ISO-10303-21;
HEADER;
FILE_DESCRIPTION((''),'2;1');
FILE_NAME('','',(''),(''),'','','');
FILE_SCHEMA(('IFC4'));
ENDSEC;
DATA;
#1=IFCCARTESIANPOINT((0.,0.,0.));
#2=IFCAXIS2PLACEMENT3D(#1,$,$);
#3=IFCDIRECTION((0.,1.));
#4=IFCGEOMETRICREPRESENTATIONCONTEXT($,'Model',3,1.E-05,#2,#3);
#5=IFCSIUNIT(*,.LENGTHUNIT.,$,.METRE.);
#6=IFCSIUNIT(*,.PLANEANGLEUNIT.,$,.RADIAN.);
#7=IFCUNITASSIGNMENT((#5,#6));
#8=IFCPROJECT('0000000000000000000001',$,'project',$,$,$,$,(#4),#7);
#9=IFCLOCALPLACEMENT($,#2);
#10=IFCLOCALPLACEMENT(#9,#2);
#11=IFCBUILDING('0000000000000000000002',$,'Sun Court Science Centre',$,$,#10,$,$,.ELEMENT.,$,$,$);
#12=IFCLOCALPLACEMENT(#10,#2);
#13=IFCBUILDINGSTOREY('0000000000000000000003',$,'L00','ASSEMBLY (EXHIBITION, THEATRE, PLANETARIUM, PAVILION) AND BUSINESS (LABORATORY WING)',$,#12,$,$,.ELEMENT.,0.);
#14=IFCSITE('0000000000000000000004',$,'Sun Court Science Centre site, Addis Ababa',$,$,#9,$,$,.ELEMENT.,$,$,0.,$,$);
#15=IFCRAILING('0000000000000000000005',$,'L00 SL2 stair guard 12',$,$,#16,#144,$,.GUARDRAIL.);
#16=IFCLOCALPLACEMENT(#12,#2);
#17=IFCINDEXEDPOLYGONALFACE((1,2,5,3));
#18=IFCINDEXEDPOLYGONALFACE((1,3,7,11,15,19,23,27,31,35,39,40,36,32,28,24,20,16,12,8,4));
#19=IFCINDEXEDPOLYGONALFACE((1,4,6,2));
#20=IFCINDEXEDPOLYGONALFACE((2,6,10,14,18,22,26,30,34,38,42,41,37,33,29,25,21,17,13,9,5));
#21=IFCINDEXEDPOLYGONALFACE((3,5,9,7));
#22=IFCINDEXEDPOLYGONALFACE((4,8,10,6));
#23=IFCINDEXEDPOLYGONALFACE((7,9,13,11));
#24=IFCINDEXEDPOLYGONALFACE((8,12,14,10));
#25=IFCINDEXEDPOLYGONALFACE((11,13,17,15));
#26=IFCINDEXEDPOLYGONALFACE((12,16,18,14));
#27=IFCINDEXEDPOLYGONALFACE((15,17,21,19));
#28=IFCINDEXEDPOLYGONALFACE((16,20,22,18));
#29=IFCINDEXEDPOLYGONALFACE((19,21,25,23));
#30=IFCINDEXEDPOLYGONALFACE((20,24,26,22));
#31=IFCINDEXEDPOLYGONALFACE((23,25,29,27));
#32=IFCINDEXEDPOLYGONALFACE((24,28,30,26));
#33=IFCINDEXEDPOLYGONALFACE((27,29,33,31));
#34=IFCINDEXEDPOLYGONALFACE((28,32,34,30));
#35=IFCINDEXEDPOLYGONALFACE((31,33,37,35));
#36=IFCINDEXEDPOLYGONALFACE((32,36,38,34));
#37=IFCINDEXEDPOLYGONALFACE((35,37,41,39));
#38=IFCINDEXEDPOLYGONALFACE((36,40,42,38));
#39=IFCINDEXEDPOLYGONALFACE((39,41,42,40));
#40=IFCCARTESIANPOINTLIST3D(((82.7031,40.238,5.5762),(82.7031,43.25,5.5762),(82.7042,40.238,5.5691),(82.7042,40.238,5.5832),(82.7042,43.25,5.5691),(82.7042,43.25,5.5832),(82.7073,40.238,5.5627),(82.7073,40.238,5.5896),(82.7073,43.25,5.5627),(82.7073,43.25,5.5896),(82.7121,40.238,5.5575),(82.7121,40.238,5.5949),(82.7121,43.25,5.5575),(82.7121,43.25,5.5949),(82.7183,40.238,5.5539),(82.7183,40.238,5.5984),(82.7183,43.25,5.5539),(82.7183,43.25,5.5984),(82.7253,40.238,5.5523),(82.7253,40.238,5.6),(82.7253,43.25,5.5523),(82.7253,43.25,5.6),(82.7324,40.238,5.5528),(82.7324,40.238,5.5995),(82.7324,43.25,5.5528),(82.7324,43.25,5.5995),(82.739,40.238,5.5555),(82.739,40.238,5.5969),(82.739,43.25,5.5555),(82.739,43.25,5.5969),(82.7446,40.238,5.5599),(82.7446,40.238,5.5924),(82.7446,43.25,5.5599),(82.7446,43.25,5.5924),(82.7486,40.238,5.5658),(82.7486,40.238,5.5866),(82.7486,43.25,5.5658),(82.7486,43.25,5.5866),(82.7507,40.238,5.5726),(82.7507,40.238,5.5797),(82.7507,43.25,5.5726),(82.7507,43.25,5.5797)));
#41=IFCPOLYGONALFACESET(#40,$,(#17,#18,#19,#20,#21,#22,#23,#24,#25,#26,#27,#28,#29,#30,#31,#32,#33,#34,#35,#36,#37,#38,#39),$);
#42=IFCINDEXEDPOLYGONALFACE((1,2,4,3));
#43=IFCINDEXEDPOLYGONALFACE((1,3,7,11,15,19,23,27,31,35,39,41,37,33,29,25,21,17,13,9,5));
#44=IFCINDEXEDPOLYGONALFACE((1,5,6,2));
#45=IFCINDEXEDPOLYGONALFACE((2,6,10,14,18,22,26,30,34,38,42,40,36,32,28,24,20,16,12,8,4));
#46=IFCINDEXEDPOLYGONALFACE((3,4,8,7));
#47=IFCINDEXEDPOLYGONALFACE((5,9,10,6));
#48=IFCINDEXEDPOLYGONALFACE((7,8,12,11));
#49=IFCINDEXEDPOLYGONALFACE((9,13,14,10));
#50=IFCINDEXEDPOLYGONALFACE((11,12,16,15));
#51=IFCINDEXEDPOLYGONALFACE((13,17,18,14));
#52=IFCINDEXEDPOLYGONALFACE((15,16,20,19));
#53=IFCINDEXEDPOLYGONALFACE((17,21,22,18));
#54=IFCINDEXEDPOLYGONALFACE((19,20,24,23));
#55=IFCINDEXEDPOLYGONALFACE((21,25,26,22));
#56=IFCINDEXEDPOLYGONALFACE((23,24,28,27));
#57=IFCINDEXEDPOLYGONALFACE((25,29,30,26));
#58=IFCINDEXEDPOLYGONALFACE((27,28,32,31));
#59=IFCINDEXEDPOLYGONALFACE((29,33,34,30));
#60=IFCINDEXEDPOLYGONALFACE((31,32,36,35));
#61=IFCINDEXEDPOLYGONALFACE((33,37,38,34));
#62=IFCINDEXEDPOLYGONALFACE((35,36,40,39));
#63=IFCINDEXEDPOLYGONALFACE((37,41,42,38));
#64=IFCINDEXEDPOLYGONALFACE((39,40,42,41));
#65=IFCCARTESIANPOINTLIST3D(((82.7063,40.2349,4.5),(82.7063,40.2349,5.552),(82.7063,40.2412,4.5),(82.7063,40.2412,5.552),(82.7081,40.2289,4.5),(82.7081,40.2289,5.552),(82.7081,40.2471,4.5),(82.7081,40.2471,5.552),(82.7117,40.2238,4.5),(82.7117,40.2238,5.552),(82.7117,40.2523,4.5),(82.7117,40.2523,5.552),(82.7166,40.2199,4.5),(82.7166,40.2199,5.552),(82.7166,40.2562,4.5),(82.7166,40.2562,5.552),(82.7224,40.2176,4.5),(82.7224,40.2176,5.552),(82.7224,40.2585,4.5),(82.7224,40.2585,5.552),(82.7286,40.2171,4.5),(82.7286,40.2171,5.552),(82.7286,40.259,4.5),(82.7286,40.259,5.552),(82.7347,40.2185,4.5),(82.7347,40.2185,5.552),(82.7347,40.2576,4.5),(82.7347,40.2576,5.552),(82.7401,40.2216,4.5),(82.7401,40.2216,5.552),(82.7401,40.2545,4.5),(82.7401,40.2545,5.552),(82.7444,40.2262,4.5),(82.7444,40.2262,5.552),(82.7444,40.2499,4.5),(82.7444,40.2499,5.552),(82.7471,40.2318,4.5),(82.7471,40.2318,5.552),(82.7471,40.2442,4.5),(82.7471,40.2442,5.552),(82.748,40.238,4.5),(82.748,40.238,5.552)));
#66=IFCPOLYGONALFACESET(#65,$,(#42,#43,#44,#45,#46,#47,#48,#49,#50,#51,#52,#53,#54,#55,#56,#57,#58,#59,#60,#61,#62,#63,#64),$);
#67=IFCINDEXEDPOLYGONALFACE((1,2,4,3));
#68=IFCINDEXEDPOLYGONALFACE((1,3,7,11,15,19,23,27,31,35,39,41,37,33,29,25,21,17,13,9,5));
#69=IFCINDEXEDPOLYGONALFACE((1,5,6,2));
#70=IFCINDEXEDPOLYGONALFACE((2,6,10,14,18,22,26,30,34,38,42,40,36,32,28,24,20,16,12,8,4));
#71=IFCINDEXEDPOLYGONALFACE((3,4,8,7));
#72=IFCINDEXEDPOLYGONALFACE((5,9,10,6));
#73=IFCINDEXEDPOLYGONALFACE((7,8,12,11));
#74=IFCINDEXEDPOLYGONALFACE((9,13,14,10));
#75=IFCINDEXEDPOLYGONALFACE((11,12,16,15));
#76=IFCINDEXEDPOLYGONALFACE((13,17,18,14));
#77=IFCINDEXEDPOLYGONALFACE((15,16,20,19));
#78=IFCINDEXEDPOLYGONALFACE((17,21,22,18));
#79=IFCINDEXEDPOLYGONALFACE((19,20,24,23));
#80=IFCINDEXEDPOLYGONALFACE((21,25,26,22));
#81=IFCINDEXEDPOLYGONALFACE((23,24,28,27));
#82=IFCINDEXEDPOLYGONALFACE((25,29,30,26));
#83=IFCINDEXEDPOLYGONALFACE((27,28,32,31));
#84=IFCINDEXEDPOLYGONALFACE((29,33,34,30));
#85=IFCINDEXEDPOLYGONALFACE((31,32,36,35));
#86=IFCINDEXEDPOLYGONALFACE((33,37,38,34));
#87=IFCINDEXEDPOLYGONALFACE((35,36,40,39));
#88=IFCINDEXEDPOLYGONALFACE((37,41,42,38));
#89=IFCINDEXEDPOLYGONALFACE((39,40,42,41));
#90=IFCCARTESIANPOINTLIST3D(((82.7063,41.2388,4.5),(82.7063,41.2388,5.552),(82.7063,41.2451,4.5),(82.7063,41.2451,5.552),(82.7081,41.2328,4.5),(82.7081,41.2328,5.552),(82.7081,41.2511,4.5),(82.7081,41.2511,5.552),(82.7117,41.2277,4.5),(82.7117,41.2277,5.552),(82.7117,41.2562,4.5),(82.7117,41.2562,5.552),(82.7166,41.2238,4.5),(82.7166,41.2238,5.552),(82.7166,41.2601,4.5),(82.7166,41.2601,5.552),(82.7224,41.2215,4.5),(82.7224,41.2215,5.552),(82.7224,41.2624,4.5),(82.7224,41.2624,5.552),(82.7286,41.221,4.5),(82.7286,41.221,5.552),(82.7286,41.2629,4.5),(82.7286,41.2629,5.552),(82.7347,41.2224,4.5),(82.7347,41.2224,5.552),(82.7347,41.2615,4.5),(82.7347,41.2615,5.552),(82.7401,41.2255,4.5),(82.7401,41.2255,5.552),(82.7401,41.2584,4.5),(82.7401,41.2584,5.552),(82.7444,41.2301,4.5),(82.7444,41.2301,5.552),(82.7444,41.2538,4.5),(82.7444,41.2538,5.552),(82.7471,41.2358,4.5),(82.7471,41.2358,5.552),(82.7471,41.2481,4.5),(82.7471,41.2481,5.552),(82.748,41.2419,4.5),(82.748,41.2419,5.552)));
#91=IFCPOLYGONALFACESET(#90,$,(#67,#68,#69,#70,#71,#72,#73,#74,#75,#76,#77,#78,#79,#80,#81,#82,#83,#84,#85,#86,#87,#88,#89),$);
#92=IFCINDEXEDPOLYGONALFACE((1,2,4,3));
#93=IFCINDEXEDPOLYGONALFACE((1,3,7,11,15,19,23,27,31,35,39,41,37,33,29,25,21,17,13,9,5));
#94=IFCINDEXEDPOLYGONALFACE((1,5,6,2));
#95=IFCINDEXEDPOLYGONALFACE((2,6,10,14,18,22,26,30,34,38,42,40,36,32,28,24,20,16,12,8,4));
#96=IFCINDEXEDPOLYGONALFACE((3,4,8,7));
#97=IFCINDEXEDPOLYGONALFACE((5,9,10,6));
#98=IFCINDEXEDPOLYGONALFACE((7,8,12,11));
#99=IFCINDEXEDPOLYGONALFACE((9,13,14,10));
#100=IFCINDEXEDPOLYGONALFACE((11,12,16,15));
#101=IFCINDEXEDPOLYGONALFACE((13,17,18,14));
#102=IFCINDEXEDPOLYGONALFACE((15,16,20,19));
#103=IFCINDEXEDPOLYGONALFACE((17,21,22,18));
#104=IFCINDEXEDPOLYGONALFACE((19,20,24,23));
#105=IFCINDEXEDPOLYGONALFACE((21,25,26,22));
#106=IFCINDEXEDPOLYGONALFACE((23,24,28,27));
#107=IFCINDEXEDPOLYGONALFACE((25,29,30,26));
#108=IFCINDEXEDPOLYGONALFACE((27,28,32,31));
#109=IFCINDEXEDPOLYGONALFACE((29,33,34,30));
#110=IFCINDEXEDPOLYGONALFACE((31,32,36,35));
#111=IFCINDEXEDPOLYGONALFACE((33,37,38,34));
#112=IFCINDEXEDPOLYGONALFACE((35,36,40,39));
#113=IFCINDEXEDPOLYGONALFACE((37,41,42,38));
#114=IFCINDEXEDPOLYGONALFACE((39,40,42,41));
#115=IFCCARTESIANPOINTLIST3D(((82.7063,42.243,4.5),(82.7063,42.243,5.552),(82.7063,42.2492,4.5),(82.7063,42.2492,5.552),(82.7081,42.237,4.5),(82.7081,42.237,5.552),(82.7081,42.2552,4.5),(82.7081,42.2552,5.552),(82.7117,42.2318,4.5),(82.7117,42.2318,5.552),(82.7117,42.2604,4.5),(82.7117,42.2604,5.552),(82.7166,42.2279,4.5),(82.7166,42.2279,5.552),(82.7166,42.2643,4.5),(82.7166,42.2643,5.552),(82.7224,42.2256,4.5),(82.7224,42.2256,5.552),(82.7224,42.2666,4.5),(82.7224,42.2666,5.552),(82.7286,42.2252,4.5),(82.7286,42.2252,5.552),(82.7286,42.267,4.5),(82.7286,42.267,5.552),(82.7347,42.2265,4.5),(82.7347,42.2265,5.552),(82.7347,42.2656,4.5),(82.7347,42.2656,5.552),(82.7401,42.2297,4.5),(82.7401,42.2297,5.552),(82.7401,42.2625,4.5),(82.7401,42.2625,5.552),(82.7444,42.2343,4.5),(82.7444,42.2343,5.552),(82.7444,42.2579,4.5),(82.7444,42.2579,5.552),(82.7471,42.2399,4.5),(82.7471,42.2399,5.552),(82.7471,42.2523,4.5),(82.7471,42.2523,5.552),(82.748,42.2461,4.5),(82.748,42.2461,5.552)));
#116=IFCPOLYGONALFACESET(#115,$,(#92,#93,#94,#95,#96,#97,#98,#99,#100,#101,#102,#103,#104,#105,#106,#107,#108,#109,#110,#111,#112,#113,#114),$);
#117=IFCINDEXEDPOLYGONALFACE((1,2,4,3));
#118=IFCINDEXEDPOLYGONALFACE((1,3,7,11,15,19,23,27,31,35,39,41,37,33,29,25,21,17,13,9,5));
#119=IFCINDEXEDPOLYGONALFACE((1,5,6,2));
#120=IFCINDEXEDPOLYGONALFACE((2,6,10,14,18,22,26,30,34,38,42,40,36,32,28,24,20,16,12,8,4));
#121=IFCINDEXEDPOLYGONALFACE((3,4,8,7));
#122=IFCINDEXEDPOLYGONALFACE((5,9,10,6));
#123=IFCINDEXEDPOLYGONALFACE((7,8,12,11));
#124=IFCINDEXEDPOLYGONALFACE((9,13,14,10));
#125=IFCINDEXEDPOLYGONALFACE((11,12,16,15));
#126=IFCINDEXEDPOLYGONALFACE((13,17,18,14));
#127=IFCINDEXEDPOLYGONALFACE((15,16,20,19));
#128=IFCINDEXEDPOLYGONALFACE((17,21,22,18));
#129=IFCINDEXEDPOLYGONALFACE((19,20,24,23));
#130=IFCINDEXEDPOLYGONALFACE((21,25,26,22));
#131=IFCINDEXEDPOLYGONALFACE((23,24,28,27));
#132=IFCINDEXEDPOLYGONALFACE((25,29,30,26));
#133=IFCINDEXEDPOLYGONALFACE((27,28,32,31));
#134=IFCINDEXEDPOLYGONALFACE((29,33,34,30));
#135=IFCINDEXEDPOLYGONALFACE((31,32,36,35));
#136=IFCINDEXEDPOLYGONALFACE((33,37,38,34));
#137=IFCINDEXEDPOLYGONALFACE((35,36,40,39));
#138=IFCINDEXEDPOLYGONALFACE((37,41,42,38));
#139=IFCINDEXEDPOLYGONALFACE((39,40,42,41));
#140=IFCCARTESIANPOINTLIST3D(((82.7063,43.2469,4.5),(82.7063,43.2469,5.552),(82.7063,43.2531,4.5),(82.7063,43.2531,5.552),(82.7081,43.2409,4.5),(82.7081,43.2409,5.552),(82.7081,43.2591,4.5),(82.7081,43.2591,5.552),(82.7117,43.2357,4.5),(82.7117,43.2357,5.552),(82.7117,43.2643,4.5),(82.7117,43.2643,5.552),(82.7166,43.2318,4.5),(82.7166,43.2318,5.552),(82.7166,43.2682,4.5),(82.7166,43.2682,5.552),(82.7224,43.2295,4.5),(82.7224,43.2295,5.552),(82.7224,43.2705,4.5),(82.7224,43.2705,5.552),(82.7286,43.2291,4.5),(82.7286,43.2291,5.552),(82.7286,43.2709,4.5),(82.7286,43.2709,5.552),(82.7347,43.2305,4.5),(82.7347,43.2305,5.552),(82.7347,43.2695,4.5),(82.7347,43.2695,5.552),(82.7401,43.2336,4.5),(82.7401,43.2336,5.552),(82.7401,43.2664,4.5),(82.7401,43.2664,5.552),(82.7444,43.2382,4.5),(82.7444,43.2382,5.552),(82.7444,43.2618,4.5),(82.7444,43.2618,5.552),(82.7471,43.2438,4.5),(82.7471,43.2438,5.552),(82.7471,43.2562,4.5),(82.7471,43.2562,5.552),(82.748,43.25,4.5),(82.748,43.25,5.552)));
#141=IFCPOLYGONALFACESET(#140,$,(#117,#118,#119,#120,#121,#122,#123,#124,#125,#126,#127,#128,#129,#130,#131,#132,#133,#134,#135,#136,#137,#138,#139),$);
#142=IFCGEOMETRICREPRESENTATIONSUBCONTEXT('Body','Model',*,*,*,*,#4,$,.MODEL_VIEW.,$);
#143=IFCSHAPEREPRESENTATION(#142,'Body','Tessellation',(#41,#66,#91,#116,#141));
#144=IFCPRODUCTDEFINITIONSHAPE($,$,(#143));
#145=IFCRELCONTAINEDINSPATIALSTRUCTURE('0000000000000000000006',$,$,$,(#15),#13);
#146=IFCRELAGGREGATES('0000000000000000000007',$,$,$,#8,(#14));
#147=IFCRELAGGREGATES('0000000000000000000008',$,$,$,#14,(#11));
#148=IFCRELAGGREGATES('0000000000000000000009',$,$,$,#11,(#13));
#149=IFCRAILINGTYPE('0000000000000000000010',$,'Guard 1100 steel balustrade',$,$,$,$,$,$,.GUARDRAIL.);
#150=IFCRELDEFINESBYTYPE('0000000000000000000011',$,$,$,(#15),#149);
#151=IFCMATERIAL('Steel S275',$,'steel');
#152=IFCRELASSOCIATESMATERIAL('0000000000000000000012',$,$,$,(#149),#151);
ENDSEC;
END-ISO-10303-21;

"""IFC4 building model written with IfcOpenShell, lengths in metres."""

from ifc_helpers import new_model, si_unit, direction, frame, origin, origin_2d, place, context, subcontext, project, spatial, circle, extrude, material, type_object, element, save


model = new_model("IFC4")

# Units and contexts
model_context = context("Model", 3, precision=1e-05, world=origin(), true_north=direction((0.0, 1.0)))
body_context = subcontext(model_context, "Body", "Model", "MODEL_VIEW")
ifc_project = project(units=[si_unit("LENGTHUNIT", "METRE"), si_unit("PLANEANGLEUNIT", "RADIAN")], contexts=[model_context])

# Site, building, storey
site_placement = place(None, origin())
site = spatial("IfcSite", under=ifc_project, at=site_placement, Name="Sun Court Science Centre site, Addis Ababa", CompositionType="ELEMENT", RefElevation=0.0)
building_placement = place(site_placement, origin())
building = spatial("IfcBuilding", under=site, at=building_placement, Name="Sun Court Science Centre", CompositionType="ELEMENT")
storey_placement = place(building_placement, origin())
storey = spatial("IfcBuildingStorey", under=building, at=storey_placement, Name="L00", Description="ASSEMBLY (EXHIBITION, THEATRE, PLANETARIUM, PAVILION) AND BUSINESS (LABORATORY WING)", CompositionType="ELEMENT", Elevation=0.0)

# Railing
ifc_material_1 = material(Name="Steel S275", Category="steel")
railing_type_1 = type_object("IfcRailingType", Name="Guard 1100 steel balustrade", PredefinedType="GUARDRAIL", material=ifc_material_1)
railing_1_placement = place(storey_placement, frame((82.7271, 40.238, 4.5)))
element("IfcRailing", 1, at=railing_1_placement, inside=storey, type_object=railing_type_1, Name="L00 SL2 stair guard 12", PredefinedType="GUARDRAIL", context=body_context, shape_type="SweptSolid", body=[
    extrude(circle(Radius=0.0239, at=origin_2d()), frame((0.0, 0.0, 1.0762), z_axis=(0.0, 1.0, 0.0), x_axis=(-1.0, 0.0, 0.0)), (0.0, 0.0, 1.0), 3.012),
    extrude(circle(Radius=0.021, at=origin_2d()), origin(), (0.0, 0.0, 1.0), 1.052),
    extrude(circle(Radius=0.021, at=origin_2d()), frame((0.0, 1.0039, 0.0)), (0.0, 0.0, 1.0), 1.052),
    extrude(circle(Radius=0.021, at=origin_2d()), frame((0.0, 2.0081, 0.0)), (0.0, 0.0, 1.0), 1.052),
    extrude(circle(Radius=0.021, at=origin_2d()), frame((0.0, 3.012, 0.0)), (0.0, 0.0, 1.0), 1.052),
])

save(model, "model.ifc")
